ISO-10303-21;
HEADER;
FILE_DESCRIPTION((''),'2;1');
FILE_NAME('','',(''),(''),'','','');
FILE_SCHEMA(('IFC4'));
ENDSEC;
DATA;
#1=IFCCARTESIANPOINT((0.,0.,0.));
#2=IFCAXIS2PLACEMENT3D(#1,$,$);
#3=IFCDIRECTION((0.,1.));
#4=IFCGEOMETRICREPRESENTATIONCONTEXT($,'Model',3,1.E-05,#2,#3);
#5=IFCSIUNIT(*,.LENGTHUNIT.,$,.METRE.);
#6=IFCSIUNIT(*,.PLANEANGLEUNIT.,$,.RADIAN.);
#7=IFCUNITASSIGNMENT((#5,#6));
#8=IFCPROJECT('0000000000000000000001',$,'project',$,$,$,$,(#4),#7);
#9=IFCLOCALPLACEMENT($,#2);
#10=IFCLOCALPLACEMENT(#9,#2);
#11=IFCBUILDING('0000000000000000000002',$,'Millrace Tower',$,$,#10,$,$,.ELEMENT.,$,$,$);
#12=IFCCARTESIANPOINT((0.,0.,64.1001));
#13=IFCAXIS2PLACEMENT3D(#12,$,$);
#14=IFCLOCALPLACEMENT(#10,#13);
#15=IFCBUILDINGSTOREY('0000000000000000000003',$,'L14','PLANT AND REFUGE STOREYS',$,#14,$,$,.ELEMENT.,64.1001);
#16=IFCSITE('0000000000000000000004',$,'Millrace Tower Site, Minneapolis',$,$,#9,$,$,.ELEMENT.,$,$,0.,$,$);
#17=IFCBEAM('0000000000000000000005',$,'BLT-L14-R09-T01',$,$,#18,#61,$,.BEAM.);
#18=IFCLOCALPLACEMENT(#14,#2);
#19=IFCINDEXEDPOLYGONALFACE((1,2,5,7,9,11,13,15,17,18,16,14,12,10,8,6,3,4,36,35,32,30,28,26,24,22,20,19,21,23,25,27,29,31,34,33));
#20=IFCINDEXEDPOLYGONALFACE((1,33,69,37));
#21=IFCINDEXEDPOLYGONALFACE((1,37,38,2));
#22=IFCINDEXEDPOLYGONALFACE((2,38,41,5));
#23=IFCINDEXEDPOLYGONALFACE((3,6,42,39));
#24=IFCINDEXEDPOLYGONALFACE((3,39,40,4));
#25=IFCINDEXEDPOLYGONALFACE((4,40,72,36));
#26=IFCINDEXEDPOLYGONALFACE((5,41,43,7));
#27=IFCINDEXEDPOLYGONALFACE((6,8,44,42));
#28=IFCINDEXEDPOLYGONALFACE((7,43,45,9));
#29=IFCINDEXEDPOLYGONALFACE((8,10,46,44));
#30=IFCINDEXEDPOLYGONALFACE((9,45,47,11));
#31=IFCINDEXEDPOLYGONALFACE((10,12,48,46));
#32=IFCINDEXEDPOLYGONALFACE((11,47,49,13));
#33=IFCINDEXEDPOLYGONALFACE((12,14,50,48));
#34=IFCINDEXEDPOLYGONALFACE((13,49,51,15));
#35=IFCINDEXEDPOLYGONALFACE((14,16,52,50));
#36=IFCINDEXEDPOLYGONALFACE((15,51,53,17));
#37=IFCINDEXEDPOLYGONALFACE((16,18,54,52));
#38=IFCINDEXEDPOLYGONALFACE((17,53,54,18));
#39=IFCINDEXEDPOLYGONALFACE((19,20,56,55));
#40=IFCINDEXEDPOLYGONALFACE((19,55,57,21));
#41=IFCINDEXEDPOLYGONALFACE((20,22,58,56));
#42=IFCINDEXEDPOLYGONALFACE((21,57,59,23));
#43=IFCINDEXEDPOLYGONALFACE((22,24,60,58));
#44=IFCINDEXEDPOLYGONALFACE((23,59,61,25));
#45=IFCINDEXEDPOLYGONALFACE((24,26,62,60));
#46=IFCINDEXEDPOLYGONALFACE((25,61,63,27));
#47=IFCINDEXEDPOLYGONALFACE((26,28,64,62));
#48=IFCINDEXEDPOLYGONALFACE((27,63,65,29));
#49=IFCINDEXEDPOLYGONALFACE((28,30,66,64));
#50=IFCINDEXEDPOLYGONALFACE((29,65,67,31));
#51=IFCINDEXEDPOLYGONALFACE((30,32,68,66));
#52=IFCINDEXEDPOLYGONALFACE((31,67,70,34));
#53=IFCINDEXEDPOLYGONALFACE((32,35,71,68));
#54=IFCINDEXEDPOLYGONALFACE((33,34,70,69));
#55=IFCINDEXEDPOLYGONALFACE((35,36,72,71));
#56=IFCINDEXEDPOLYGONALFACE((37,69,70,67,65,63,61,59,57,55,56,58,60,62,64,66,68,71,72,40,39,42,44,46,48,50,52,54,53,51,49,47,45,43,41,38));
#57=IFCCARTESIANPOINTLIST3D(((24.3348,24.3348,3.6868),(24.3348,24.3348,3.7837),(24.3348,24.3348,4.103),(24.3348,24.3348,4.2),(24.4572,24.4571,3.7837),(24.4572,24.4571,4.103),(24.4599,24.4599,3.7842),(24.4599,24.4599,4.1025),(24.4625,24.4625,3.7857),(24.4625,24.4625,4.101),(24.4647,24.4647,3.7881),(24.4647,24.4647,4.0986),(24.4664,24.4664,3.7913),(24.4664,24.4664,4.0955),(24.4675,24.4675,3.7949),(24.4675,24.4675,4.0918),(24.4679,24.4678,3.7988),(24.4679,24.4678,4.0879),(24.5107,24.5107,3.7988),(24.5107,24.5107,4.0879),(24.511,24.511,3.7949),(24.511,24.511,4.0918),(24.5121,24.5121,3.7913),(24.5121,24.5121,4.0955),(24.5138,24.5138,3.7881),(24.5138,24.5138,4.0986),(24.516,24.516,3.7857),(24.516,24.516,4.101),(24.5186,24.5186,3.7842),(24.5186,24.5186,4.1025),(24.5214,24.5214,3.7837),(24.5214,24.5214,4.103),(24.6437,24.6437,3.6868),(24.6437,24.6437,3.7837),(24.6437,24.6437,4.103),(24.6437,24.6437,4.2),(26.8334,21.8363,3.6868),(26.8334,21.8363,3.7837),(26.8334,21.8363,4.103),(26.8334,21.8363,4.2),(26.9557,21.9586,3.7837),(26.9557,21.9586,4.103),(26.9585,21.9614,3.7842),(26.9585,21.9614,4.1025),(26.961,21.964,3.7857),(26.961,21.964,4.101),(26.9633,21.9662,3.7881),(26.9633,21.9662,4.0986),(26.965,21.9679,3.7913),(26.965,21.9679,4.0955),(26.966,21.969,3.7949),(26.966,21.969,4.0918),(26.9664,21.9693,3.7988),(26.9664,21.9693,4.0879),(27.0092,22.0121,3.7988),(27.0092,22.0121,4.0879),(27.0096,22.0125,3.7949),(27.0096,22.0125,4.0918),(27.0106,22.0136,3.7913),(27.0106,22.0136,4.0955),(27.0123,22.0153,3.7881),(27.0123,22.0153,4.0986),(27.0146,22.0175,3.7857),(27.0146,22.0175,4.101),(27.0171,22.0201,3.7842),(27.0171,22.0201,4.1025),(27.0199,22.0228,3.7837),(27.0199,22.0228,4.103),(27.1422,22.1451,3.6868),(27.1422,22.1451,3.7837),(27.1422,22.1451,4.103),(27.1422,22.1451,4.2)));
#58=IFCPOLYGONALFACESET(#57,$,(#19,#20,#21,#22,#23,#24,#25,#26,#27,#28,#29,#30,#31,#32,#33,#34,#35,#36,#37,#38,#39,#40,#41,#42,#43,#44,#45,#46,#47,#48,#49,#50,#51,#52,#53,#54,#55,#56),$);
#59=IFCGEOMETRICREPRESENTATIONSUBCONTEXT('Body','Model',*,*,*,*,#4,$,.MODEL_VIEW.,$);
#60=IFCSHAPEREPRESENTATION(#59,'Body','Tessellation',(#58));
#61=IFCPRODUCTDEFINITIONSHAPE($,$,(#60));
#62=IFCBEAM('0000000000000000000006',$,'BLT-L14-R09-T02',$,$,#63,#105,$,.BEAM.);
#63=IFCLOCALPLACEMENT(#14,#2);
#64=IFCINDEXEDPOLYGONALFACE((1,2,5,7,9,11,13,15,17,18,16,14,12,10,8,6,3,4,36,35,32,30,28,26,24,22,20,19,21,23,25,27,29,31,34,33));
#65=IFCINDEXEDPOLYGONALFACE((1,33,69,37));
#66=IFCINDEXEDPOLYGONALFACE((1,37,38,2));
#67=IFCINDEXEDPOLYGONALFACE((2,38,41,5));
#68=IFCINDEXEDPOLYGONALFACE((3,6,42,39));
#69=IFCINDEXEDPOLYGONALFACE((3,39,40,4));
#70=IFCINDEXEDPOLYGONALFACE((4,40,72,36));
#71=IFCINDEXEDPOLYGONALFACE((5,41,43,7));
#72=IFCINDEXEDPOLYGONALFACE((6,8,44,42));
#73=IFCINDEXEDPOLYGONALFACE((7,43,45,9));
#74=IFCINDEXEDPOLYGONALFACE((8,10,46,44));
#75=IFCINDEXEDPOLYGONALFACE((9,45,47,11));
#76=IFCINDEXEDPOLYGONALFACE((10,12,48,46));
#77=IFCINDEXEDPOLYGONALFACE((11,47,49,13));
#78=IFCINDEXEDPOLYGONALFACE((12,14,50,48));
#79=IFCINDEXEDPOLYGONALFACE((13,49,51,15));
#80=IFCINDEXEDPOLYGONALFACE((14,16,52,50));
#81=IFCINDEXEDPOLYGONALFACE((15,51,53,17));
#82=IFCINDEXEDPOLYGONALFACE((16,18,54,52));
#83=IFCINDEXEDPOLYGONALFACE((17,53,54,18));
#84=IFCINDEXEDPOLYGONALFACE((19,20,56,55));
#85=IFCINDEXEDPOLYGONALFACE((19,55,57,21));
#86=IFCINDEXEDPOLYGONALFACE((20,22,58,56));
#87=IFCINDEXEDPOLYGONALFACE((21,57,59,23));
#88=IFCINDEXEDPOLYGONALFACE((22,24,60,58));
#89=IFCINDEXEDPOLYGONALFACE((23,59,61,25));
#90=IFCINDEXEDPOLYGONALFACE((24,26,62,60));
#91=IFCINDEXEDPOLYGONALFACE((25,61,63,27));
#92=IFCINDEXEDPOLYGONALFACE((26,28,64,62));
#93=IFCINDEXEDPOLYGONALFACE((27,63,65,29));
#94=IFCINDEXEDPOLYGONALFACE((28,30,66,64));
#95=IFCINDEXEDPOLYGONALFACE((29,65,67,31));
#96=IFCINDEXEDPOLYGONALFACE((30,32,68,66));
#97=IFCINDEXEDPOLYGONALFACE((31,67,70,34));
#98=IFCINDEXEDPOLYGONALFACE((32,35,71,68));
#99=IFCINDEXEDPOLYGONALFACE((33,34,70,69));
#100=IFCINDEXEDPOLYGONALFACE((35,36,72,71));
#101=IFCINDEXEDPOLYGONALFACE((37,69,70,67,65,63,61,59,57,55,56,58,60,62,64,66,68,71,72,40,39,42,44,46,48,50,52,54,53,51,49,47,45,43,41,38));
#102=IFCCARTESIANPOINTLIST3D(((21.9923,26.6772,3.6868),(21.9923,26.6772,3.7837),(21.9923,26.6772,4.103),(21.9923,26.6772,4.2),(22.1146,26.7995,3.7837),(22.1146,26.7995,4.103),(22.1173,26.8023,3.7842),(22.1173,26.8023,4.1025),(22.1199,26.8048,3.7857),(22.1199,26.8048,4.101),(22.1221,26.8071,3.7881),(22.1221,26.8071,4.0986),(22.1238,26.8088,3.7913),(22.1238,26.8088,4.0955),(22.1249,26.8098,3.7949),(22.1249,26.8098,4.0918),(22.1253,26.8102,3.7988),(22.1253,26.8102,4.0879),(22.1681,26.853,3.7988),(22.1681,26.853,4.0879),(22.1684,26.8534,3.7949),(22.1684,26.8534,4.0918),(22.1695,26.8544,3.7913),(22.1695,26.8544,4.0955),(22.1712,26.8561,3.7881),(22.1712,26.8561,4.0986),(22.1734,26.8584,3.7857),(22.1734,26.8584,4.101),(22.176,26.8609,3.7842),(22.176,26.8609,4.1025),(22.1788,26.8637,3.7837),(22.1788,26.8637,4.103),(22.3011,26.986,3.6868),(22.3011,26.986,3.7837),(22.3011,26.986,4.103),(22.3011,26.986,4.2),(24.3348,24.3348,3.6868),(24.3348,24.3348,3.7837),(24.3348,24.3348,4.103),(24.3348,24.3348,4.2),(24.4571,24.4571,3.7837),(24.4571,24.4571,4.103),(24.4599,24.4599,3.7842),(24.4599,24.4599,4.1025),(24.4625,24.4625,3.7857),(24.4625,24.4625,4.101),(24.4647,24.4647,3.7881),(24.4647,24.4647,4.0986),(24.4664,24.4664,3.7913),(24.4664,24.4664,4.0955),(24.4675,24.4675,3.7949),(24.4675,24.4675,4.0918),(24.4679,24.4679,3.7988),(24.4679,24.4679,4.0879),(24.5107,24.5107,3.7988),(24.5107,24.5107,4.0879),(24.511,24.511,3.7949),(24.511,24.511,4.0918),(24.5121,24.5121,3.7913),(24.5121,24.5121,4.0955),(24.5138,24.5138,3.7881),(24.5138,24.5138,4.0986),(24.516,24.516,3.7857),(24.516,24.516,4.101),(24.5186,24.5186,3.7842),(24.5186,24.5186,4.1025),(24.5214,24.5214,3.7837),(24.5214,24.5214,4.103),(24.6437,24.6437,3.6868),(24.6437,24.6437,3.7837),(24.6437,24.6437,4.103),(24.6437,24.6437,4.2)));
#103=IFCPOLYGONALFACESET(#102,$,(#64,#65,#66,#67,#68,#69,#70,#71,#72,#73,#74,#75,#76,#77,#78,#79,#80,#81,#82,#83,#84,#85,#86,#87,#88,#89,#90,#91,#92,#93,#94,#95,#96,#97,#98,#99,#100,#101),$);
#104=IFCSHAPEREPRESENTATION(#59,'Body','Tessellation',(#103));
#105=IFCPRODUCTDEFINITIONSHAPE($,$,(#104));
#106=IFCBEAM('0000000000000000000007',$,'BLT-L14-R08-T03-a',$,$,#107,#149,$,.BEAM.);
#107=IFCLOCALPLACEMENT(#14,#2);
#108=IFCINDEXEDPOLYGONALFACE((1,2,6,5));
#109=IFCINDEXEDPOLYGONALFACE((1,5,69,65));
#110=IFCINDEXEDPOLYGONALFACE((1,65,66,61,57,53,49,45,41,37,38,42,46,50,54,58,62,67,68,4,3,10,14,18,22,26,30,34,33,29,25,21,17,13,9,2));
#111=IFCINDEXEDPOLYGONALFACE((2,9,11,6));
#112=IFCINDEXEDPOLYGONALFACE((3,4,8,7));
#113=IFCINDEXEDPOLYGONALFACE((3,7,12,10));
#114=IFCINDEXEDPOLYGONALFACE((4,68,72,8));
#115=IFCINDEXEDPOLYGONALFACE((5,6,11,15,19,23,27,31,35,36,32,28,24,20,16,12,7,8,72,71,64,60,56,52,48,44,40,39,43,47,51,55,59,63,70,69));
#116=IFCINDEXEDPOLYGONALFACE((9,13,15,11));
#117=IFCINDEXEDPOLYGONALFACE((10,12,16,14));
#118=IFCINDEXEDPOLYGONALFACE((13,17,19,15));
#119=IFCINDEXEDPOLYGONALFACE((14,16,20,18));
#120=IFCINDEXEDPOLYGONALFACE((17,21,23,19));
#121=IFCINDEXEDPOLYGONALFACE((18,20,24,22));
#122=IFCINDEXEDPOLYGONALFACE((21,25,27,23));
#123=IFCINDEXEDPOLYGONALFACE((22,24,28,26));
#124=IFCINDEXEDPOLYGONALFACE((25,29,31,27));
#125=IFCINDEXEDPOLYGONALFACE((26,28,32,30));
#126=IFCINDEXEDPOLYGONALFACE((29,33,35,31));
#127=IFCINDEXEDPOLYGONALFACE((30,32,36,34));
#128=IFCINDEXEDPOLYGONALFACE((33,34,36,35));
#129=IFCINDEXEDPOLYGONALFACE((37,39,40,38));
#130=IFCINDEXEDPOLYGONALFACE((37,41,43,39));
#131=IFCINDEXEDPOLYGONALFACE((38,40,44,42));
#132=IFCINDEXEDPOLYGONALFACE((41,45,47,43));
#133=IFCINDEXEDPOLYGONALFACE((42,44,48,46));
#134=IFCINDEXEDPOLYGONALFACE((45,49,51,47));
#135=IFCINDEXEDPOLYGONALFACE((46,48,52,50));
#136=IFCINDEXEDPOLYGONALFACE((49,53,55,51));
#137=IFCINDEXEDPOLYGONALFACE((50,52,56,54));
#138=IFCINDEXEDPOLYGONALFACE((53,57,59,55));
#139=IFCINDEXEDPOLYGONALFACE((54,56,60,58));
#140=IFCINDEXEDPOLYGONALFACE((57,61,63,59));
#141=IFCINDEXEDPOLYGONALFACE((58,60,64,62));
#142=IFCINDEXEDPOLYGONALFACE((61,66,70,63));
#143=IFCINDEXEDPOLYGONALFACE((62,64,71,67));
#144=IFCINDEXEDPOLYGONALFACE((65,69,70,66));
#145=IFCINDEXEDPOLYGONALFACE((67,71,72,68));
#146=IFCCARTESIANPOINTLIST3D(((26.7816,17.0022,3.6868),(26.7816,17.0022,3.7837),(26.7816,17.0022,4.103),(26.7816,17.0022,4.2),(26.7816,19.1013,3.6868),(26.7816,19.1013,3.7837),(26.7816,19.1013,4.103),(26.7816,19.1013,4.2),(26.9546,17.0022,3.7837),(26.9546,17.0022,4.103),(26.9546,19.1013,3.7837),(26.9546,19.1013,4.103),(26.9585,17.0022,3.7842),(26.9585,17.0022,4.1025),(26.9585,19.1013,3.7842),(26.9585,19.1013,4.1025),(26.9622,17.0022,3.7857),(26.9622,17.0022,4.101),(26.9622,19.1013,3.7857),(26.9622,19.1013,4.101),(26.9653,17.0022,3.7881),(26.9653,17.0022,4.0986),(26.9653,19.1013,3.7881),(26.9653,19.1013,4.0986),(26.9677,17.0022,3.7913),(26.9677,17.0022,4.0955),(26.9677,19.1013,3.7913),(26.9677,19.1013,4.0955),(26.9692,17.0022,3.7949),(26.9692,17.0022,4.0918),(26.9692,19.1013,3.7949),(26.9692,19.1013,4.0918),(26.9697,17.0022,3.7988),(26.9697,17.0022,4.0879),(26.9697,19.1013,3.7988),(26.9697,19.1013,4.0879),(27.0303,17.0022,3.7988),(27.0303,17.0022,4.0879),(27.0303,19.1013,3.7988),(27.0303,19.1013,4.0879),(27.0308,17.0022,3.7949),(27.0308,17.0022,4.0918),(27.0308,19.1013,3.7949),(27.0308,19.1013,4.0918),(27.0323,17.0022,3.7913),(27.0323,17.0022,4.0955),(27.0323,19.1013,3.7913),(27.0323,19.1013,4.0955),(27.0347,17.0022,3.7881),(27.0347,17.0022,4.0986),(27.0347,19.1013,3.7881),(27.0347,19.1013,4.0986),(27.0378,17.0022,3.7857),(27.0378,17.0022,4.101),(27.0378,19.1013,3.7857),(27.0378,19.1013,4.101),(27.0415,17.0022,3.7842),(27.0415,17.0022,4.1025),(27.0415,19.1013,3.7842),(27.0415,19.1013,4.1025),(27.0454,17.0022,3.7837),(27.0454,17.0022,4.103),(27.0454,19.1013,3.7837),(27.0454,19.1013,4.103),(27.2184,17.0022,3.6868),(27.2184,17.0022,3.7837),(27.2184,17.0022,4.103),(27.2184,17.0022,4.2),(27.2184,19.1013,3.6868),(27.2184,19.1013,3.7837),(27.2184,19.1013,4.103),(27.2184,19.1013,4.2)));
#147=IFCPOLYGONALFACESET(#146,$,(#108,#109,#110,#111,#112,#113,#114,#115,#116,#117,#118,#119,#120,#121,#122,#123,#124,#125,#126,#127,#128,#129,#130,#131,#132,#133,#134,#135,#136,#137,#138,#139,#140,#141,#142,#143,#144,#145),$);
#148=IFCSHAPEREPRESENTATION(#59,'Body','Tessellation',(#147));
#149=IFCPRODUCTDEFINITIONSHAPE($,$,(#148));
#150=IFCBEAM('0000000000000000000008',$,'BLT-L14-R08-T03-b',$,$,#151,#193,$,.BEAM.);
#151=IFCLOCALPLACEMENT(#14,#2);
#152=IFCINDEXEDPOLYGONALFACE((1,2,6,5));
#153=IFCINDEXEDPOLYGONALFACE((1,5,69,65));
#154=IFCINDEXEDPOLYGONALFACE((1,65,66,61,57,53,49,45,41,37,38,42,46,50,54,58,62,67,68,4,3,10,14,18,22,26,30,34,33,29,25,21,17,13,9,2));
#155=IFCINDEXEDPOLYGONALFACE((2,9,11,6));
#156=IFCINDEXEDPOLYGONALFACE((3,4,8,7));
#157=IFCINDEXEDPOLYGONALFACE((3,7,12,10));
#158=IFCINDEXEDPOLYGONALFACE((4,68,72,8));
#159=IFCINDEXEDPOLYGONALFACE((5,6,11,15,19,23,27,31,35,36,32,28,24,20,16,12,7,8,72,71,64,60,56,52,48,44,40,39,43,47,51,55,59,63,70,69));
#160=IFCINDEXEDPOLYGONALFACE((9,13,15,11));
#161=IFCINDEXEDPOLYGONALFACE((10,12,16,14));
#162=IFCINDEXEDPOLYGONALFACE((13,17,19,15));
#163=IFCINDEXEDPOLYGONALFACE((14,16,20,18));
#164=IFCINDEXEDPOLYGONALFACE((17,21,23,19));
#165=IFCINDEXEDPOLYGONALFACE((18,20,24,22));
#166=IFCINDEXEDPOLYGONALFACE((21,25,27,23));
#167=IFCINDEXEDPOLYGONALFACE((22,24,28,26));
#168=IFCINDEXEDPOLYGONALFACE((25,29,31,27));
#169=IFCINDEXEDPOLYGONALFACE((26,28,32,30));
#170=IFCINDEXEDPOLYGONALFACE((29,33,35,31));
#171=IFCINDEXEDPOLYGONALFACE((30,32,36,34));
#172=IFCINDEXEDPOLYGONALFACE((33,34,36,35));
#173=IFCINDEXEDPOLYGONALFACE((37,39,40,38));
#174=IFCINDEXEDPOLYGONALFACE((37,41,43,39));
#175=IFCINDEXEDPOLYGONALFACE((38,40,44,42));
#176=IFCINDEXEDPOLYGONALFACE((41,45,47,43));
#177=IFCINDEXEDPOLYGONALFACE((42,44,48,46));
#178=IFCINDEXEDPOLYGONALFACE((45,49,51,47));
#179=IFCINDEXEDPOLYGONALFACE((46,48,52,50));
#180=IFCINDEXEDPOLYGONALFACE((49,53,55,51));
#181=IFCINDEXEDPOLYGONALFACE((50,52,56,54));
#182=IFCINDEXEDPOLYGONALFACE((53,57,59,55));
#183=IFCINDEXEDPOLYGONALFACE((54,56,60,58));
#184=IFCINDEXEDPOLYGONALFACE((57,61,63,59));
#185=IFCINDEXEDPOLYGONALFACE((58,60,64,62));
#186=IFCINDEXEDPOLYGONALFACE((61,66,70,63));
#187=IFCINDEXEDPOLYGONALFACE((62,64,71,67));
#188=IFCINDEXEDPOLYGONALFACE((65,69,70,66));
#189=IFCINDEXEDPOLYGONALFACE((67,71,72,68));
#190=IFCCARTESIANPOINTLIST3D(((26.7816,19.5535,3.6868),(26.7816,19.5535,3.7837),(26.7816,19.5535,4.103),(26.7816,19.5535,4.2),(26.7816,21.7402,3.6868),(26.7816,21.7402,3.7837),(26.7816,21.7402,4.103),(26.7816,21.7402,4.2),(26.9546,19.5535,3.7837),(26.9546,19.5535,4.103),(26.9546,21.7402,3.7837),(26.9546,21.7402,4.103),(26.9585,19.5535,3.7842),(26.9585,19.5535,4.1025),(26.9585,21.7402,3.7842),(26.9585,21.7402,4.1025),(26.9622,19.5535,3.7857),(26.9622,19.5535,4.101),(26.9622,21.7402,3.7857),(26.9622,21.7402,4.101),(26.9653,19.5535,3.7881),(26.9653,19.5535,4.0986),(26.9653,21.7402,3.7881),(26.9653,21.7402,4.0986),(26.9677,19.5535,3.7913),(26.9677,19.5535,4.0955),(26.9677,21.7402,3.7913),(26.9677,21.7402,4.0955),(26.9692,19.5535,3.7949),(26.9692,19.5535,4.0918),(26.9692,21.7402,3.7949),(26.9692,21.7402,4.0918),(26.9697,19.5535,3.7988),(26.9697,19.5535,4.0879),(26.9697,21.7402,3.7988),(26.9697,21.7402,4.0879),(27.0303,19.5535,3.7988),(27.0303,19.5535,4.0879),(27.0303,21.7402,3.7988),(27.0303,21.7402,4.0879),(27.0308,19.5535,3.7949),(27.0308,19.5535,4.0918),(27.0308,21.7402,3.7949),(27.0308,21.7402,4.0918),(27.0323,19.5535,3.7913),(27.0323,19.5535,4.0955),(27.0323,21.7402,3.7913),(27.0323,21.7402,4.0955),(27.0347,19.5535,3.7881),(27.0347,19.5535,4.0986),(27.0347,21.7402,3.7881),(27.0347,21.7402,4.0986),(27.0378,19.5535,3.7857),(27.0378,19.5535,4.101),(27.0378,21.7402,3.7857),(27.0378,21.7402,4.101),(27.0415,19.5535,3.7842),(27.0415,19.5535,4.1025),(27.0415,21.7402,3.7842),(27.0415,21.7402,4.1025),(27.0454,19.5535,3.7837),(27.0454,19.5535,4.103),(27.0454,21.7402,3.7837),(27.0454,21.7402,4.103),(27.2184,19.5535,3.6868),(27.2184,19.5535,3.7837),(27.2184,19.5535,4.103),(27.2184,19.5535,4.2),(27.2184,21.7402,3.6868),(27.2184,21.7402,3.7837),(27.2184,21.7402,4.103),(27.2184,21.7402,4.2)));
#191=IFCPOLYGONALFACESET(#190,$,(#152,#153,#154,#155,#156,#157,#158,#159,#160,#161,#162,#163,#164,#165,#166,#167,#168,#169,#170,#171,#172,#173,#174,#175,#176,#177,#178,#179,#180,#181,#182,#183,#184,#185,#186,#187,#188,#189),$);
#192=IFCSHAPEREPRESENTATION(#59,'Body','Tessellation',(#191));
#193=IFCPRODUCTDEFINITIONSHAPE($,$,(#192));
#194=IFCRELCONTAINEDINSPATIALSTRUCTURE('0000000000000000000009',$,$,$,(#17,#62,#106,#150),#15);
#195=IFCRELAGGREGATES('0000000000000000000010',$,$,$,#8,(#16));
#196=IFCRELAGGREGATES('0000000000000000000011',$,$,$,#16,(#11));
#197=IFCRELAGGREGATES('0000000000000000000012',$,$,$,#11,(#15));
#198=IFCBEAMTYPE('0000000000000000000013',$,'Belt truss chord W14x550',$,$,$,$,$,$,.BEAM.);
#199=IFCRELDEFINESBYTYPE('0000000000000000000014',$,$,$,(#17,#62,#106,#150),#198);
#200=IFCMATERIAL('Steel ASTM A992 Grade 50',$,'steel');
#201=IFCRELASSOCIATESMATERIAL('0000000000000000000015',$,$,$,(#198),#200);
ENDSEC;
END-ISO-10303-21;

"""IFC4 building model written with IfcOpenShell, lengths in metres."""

from ifc_helpers import new_model, si_unit, direction, frame, origin, origin_2d, place, context, subcontext, project, spatial, i_section, extrude, material, material_profile, profile_set, type_object, element, save


model = new_model("IFC4")

# Units and contexts
model_context = context("Model", 3, precision=1e-05, world=origin(), true_north=direction((0.0, 1.0)))
body_context = subcontext(model_context, "Body", "Model", "MODEL_VIEW")
ifc_project = project(units=[si_unit("LENGTHUNIT", "METRE"), si_unit("PLANEANGLEUNIT", "RADIAN")], contexts=[model_context])

# Site, building, storey
site_placement = place(None, origin())
site = spatial("IfcSite", under=ifc_project, at=site_placement, Name="Millrace Tower Site, Minneapolis", CompositionType="ELEMENT", RefElevation=0.0)
building_placement = place(site_placement, origin())
building = spatial("IfcBuilding", under=site, at=building_placement, Name="Millrace Tower", CompositionType="ELEMENT")
storey_placement = place(building_placement, frame((0.0, 0.0, 64.1001)))
storey = spatial("IfcBuildingStorey", under=building, at=storey_placement, Name="L14", Description="PLANT AND REFUGE STOREYS", CompositionType="ELEMENT", Elevation=64.1001)

# Beams
ifc_material_1 = material(Name="Steel ASTM A992 Grade 50", Category="steel")
ifc_material_profile_1 = material_profile(ifc_material_1, i_section(OverallWidth=0.4368, OverallDepth=0.5132, WebThickness=0.0605, FlangeThickness=0.0969, FilletRadius=0.0151, at=origin_2d()))
ifc_profile_set_1 = profile_set([ifc_material_profile_1], Name="Steel ASTM A992 Grade 50")
beam_type_1 = type_object("IfcBeamType", Name="Belt truss chord W14x550", PredefinedType="BEAM", material=ifc_profile_set_1)
beam_1_placement = place(storey_placement, frame((26.9878, 21.9907, 3.9434), z_axis=(-0.707107, 0.707107, 0.0), x_axis=(-0.707107, -0.707107, 0.0)))
element("IfcBeam", 1, at=beam_1_placement, inside=storey, type_object=beam_type_1, Name="BLT-L14-R09-T01", PredefinedType="BEAM", context=body_context, shape_type="SweptSolid", body=[
    extrude(i_section(OverallWidth=0.4368, OverallDepth=0.5132, WebThickness=0.0605, FlangeThickness=0.0969, FilletRadius=0.0151, at=origin_2d()), origin(), (0.0, 0.0, 1.0), 3.5334),
])
beam_2_placement = place(storey_placement, frame((24.4893, 24.4893, 3.9434), z_axis=(-0.707144, 0.70707, 0.0), x_axis=(-0.70707, -0.707144, 0.0)))
element("IfcBeam", 2, at=beam_2_placement, inside=storey, type_object=beam_type_1, Name="BLT-L14-R09-T02", PredefinedType="BEAM", context=body_context, shape_type="SweptSolid", body=[
    extrude(i_section(OverallWidth=0.4368, OverallDepth=0.5132, WebThickness=0.0605, FlangeThickness=0.0969, FilletRadius=0.0151, at=origin_2d()), origin(), (0.0, 0.0, 1.0), 3.3127),
])
beam_3_placement = place(storey_placement, frame((27.0, 17.0022, 3.9434), z_axis=(0.0, 1.0, 0.0), x_axis=(-1.0, 0.0, 0.0)))
element("IfcBeam", 3, at=beam_3_placement, inside=storey, type_object=beam_type_1, Name="BLT-L14-R08-T03-a", PredefinedType="BEAM", context=body_context, shape_type="SweptSolid", body=[
    extrude(i_section(OverallWidth=0.4368, OverallDepth=0.5132, WebThickness=0.0605, FlangeThickness=0.0969, FilletRadius=0.0151, at=origin_2d()), origin(), (0.0, 0.0, 1.0), 2.0991),
])
beam_4_placement = place(storey_placement, frame((27.0, 19.5535, 3.9434), z_axis=(0.0, 1.0, 0.0), x_axis=(-1.0, 0.0, 0.0)))
element("IfcBeam", 4, at=beam_4_placement, inside=storey, type_object=beam_type_1, Name="BLT-L14-R08-T03-b", PredefinedType="BEAM", context=body_context, shape_type="SweptSolid", body=[
    extrude(i_section(OverallWidth=0.4368, OverallDepth=0.5132, WebThickness=0.0605, FlangeThickness=0.0969, FilletRadius=0.0151, at=origin_2d()), origin(), (0.0, 0.0, 1.0), 2.1868),
])

save(model, "model.ifc")
